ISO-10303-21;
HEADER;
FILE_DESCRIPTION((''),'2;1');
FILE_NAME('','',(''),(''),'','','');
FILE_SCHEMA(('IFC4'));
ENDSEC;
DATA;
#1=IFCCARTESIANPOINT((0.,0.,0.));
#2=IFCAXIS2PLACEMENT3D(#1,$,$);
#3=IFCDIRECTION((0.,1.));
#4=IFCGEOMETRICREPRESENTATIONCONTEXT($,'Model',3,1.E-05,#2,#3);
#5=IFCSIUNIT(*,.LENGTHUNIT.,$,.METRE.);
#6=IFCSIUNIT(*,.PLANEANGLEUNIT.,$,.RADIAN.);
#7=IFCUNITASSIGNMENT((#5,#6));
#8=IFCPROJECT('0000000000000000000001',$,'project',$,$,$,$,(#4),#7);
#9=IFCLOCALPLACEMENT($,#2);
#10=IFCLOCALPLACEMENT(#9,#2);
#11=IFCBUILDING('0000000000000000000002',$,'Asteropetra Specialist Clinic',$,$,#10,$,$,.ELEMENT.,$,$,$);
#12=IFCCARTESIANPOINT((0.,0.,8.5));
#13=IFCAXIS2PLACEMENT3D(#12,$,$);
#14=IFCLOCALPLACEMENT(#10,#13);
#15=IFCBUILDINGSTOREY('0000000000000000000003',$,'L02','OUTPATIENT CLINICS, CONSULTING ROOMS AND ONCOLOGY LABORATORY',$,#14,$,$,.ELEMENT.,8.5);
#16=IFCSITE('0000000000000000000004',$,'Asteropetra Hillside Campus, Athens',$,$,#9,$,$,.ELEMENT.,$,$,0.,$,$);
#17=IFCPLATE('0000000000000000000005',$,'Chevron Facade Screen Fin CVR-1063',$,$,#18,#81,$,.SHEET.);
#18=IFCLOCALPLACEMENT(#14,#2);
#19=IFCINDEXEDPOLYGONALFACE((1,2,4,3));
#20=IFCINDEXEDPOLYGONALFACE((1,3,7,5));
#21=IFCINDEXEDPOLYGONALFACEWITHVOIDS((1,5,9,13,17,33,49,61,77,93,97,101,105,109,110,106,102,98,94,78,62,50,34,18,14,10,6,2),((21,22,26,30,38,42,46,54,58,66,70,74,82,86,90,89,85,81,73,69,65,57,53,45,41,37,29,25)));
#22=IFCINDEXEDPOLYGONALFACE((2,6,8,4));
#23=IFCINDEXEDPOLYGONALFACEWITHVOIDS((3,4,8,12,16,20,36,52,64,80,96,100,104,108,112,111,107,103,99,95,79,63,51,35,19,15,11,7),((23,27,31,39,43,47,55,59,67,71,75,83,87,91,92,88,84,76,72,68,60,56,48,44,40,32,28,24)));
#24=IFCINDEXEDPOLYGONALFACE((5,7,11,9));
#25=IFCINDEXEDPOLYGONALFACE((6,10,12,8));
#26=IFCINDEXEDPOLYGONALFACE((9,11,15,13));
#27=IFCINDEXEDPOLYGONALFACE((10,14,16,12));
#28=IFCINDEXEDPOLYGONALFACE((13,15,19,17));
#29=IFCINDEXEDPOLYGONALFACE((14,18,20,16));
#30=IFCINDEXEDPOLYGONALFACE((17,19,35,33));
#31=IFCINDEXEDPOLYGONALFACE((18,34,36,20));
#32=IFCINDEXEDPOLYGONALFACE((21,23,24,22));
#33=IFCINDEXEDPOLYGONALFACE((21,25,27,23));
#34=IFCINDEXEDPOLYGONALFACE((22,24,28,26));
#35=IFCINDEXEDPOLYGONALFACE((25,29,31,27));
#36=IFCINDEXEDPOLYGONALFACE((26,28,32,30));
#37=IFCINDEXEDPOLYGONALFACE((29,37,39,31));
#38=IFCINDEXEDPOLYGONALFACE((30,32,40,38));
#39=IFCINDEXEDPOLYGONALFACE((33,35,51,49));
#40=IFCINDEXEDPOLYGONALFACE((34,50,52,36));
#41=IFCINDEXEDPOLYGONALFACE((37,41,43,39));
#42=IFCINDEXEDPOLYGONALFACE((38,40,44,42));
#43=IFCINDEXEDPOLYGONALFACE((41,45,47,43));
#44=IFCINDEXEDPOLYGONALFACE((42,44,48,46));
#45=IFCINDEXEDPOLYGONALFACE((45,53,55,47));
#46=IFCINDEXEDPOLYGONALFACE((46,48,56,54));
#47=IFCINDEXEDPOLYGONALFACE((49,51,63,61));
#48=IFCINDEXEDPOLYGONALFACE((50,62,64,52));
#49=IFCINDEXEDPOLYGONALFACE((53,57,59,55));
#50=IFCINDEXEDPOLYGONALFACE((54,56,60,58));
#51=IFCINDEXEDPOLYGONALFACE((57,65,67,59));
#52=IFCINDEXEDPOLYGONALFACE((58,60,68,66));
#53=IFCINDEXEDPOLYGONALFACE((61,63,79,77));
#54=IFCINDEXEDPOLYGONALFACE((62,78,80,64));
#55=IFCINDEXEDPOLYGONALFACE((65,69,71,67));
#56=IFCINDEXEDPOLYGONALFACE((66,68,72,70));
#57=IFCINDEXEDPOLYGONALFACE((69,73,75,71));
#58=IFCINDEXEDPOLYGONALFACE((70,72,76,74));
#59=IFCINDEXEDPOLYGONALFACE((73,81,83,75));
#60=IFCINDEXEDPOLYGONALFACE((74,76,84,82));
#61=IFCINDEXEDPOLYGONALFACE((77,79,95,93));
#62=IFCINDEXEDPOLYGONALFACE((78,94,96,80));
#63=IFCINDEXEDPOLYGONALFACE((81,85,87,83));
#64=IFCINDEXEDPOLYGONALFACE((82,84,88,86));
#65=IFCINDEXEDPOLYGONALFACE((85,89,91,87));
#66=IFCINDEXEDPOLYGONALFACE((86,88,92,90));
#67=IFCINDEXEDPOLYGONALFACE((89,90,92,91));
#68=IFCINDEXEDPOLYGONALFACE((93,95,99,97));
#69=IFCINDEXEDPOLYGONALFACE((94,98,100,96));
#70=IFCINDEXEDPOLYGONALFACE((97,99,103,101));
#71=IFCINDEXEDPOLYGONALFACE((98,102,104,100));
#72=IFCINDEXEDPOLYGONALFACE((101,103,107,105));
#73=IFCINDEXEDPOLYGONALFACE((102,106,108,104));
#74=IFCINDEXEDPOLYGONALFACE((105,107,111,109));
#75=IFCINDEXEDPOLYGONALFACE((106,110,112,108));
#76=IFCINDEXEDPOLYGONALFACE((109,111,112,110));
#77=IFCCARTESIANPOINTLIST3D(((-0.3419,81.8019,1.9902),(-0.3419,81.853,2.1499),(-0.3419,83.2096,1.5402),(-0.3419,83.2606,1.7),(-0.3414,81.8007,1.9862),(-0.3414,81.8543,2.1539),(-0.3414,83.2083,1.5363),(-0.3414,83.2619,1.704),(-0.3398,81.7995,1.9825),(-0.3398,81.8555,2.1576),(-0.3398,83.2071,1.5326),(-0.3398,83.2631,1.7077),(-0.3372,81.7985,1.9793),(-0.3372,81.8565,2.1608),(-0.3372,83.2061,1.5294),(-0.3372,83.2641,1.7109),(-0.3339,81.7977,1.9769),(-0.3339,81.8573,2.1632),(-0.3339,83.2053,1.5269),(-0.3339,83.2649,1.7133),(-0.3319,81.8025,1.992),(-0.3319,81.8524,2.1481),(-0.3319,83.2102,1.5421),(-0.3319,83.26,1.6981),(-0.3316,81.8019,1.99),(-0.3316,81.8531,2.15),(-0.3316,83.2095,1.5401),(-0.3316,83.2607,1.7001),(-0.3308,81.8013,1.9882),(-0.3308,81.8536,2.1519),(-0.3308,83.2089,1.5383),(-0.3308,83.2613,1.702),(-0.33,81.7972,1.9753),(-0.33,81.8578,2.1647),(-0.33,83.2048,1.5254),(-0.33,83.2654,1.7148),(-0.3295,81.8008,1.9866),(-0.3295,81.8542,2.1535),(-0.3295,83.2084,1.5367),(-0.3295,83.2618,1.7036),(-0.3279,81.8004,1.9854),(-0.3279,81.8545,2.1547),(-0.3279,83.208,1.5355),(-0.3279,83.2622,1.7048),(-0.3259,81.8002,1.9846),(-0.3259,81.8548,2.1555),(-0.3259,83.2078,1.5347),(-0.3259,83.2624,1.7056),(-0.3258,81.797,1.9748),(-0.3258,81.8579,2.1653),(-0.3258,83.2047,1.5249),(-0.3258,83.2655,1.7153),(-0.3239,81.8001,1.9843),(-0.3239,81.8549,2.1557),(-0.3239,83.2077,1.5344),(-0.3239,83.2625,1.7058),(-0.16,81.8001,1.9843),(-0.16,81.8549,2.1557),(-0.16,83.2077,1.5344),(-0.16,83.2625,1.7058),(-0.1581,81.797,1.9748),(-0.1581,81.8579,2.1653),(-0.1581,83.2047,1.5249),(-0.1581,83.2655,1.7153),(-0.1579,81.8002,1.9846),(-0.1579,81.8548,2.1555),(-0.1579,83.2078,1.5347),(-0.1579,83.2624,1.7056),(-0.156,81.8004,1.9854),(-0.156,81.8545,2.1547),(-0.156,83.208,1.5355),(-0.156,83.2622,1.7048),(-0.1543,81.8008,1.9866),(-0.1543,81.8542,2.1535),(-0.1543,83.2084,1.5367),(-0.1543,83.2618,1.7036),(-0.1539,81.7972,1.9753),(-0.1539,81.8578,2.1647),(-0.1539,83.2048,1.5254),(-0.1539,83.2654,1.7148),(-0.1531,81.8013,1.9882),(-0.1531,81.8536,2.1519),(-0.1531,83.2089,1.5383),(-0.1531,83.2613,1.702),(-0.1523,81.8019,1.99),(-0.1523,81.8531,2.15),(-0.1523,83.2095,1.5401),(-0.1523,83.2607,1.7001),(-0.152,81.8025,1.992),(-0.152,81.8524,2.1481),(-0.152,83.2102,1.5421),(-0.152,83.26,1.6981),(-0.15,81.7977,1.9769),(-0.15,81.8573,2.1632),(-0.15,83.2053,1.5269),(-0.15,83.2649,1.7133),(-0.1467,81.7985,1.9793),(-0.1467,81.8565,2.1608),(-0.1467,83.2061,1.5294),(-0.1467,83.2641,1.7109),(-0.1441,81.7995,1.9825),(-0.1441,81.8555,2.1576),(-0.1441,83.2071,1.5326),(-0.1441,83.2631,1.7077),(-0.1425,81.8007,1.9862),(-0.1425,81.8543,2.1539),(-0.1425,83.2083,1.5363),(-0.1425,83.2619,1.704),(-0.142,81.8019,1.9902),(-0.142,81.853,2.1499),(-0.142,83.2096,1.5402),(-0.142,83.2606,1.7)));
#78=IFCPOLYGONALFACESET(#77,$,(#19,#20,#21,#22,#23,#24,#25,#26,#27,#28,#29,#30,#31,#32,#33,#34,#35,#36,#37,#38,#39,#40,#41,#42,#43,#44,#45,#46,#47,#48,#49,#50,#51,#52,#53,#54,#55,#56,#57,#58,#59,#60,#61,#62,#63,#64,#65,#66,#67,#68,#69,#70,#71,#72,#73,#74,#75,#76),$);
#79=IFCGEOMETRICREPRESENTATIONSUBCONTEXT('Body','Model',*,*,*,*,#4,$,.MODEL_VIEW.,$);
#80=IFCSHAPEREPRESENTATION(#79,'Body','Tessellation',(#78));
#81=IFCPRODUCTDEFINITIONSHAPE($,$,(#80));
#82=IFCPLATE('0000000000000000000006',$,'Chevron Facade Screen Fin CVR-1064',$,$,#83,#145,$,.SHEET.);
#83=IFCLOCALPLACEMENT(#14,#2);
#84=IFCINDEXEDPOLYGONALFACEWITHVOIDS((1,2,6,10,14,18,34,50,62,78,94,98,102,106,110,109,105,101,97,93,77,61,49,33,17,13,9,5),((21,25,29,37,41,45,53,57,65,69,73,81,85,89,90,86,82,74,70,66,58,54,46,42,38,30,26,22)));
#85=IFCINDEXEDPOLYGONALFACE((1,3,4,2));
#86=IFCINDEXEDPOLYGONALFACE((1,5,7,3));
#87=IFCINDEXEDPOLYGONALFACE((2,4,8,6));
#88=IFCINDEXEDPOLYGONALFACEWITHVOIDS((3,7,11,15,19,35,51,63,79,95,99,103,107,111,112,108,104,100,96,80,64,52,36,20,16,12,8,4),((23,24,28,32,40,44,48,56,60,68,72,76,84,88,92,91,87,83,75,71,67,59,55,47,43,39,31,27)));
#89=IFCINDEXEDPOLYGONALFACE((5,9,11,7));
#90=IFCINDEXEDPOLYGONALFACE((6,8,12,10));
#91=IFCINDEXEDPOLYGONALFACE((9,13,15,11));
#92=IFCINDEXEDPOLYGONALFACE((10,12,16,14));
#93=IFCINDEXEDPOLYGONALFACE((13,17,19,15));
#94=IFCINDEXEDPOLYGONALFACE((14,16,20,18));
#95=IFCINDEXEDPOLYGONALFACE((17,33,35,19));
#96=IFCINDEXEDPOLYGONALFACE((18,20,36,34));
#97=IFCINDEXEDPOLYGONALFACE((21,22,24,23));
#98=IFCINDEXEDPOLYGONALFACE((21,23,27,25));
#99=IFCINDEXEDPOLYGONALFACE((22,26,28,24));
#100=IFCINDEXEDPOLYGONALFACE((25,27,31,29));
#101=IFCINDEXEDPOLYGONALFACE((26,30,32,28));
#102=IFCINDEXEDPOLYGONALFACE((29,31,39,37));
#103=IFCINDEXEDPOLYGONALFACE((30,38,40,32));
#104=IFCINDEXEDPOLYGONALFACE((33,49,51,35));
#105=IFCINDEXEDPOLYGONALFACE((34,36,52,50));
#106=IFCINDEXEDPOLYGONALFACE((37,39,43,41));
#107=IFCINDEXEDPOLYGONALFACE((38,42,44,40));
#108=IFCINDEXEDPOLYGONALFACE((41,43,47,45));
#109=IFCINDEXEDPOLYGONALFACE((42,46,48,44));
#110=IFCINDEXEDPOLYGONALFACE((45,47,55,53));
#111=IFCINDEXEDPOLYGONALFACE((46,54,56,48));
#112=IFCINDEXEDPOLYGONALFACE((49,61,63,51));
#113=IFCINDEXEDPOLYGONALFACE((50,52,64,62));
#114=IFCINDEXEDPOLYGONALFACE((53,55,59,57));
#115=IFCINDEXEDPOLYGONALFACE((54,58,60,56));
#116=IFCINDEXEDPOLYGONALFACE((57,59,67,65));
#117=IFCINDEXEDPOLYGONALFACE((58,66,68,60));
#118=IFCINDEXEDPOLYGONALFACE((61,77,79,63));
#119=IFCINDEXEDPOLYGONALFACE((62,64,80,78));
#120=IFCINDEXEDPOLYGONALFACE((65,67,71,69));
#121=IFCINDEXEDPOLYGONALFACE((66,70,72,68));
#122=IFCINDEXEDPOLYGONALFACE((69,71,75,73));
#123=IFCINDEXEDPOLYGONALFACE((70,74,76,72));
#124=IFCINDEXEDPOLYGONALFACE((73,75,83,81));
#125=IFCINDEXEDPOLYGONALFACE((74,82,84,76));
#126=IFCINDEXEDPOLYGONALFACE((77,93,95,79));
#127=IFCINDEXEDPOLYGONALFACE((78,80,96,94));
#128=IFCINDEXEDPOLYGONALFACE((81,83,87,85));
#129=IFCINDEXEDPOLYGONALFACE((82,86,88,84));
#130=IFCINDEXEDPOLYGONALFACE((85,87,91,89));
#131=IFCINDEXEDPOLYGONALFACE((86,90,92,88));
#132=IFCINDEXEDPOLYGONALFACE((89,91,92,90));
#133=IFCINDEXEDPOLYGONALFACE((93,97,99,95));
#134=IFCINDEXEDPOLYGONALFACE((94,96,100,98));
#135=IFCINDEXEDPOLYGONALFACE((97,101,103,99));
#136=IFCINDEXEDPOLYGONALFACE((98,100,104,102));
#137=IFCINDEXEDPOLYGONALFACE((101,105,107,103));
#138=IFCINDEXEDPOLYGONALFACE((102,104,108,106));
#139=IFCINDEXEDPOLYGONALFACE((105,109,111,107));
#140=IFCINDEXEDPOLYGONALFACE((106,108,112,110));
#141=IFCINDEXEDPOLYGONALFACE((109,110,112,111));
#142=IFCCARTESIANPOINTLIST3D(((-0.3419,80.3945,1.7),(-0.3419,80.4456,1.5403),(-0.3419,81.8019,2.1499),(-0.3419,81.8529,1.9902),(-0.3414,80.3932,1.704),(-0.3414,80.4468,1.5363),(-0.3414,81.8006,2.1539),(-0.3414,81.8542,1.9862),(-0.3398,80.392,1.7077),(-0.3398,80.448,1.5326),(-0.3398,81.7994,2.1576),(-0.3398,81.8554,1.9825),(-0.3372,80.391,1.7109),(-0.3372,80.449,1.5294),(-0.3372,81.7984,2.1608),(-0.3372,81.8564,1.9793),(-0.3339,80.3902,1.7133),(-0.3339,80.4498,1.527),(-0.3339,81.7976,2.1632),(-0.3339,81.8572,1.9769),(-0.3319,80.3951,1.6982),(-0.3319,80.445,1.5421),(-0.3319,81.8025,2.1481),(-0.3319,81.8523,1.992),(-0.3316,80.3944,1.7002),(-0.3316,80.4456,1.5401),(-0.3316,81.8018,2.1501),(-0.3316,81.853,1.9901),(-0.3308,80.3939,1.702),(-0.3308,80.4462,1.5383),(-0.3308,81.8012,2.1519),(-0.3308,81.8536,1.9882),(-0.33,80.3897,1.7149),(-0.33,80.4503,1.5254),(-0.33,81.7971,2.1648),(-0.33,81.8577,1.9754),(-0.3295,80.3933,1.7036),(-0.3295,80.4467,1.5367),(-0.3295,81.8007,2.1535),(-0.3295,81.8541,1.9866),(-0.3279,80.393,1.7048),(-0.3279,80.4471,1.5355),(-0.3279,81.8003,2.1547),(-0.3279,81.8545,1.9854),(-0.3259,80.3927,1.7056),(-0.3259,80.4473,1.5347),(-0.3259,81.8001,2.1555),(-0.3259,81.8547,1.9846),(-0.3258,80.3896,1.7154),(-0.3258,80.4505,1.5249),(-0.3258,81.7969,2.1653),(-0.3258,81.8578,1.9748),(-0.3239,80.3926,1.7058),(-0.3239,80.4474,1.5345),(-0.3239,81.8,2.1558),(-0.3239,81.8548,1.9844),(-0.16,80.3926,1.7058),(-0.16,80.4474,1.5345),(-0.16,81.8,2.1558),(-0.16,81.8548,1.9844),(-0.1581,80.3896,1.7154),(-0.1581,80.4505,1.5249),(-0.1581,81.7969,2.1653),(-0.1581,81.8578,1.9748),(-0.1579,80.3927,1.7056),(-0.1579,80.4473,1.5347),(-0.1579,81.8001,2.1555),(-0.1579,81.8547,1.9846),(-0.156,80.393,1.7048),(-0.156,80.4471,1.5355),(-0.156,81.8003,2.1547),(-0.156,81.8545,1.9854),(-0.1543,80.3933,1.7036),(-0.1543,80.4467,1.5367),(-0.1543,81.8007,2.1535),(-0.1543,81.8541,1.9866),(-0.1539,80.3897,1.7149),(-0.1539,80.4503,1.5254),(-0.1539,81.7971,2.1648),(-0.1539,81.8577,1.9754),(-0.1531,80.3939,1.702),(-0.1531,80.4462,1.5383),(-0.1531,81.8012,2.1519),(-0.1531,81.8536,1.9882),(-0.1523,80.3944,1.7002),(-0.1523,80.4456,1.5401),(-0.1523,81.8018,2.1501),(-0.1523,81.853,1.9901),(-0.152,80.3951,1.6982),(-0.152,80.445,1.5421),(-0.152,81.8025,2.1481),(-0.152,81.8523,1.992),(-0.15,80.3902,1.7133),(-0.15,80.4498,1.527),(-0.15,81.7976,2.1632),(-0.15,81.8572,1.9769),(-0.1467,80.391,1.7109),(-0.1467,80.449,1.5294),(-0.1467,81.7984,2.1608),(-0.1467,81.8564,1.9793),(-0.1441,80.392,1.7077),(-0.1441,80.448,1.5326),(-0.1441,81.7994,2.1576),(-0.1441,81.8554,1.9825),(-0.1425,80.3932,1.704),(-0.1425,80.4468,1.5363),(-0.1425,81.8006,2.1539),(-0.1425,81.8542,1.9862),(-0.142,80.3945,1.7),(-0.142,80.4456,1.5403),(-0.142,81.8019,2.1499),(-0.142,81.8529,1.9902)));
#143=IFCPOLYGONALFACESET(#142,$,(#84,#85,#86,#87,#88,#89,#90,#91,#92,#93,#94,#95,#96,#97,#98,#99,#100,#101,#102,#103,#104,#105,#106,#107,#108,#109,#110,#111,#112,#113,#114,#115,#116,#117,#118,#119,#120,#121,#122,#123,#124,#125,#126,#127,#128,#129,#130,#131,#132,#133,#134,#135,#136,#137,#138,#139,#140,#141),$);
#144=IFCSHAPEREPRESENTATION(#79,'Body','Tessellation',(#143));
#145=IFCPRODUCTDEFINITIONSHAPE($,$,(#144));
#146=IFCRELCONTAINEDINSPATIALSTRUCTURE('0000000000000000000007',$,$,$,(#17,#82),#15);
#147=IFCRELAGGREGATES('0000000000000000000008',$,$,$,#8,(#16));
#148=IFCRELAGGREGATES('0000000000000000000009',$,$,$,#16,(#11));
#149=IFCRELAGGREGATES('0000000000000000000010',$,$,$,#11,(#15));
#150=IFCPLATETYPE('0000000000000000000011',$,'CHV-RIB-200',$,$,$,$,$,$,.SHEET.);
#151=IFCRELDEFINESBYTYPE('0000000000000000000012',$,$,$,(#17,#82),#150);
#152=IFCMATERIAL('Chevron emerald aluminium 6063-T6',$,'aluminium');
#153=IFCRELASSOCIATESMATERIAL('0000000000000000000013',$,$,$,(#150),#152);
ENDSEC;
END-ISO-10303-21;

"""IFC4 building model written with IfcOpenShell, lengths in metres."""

from ifc_helpers import new_model, si_unit, direction, frame, origin, origin_2d, place, context, subcontext, project, spatial, hollow_rectangle, extrude, material, material_profile, profile_set, type_object, element, save


model = new_model("IFC4")

# Units and contexts
model_context = context("Model", 3, precision=1e-05, world=origin(), true_north=direction((0.0, 1.0)))
body_context = subcontext(model_context, "Body", "Model", "MODEL_VIEW")
ifc_project = project(units=[si_unit("LENGTHUNIT", "METRE"), si_unit("PLANEANGLEUNIT", "RADIAN")], contexts=[model_context])

# Site, building, storey
site_placement = place(None, origin())
site = spatial("IfcSite", under=ifc_project, at=site_placement, Name="Asteropetra Hillside Campus, Athens", CompositionType="ELEMENT", RefElevation=0.0)
building_placement = place(site_placement, origin())
building = spatial("IfcBuilding", under=site, at=building_placement, Name="Asteropetra Specialist Clinic", CompositionType="ELEMENT")
storey_placement = place(building_placement, frame((0.0, 0.0, 8.5)))
storey = spatial("IfcBuildingStorey", under=building, at=storey_placement, Name="L02", Description="OUTPATIENT CLINICS, CONSULTING ROOMS AND ONCOLOGY LABORATORY", CompositionType="ELEMENT", Elevation=8.5)

# Plates
ifc_material_1 = material(Name="Chevron emerald aluminium 6063-T6", Category="aluminium")
ifc_material_profile = material_profile(ifc_material_1, hollow_rectangle(XDim=0.2, YDim=0.2, WallThickness=0.01, InnerFilletRadius=0.0081, OuterFilletRadius=0.0161, at=origin_2d()), Name="SHS 200x200x10.0")
ifc_profile_set = profile_set([ifc_material_profile], Name="Chevron emerald aluminium 6063-T6")
plate_type_1 = type_object("IfcPlateType", Name="CHV-RIB-200", PredefinedType="SHEET", material=ifc_profile_set)
plate_1_placement = place(storey_placement, frame((-0.2419, 83.2351, 1.6201), z_axis=(0.0, -0.952526, 0.304458), x_axis=(1.0, 0.0, 0.0)))
element("IfcPlate", 1, at=plate_1_placement, inside=storey, type_object=plate_type_1, Name="Chevron Facade Screen Fin CVR-1063", PredefinedType="SHEET", context=body_context, shape_type="SweptSolid", body=[
    extrude(hollow_rectangle(XDim=0.2, YDim=0.2, WallThickness=0.01, InnerFilletRadius=0.0081, OuterFilletRadius=0.0161, at=origin_2d()), origin(), (0.0, 0.0, 1.0), 1.4778),
])
plate_2_placement = place(storey_placement, frame((-0.2419, 81.8274, 2.0701), z_axis=(0.0, -0.95251, -0.304506), x_axis=(1.0, 0.0, 0.0)))
element("IfcPlate", 2, at=plate_2_placement, inside=storey, type_object=plate_type_1, Name="Chevron Facade Screen Fin CVR-1064", PredefinedType="SHEET", context=body_context, shape_type="SweptSolid", body=[
    extrude(hollow_rectangle(XDim=0.2, YDim=0.2, WallThickness=0.01, InnerFilletRadius=0.0081, OuterFilletRadius=0.0161, at=origin_2d()), origin(), (0.0, 0.0, 1.0), 1.4775),
])

save(model, "model.ifc")
